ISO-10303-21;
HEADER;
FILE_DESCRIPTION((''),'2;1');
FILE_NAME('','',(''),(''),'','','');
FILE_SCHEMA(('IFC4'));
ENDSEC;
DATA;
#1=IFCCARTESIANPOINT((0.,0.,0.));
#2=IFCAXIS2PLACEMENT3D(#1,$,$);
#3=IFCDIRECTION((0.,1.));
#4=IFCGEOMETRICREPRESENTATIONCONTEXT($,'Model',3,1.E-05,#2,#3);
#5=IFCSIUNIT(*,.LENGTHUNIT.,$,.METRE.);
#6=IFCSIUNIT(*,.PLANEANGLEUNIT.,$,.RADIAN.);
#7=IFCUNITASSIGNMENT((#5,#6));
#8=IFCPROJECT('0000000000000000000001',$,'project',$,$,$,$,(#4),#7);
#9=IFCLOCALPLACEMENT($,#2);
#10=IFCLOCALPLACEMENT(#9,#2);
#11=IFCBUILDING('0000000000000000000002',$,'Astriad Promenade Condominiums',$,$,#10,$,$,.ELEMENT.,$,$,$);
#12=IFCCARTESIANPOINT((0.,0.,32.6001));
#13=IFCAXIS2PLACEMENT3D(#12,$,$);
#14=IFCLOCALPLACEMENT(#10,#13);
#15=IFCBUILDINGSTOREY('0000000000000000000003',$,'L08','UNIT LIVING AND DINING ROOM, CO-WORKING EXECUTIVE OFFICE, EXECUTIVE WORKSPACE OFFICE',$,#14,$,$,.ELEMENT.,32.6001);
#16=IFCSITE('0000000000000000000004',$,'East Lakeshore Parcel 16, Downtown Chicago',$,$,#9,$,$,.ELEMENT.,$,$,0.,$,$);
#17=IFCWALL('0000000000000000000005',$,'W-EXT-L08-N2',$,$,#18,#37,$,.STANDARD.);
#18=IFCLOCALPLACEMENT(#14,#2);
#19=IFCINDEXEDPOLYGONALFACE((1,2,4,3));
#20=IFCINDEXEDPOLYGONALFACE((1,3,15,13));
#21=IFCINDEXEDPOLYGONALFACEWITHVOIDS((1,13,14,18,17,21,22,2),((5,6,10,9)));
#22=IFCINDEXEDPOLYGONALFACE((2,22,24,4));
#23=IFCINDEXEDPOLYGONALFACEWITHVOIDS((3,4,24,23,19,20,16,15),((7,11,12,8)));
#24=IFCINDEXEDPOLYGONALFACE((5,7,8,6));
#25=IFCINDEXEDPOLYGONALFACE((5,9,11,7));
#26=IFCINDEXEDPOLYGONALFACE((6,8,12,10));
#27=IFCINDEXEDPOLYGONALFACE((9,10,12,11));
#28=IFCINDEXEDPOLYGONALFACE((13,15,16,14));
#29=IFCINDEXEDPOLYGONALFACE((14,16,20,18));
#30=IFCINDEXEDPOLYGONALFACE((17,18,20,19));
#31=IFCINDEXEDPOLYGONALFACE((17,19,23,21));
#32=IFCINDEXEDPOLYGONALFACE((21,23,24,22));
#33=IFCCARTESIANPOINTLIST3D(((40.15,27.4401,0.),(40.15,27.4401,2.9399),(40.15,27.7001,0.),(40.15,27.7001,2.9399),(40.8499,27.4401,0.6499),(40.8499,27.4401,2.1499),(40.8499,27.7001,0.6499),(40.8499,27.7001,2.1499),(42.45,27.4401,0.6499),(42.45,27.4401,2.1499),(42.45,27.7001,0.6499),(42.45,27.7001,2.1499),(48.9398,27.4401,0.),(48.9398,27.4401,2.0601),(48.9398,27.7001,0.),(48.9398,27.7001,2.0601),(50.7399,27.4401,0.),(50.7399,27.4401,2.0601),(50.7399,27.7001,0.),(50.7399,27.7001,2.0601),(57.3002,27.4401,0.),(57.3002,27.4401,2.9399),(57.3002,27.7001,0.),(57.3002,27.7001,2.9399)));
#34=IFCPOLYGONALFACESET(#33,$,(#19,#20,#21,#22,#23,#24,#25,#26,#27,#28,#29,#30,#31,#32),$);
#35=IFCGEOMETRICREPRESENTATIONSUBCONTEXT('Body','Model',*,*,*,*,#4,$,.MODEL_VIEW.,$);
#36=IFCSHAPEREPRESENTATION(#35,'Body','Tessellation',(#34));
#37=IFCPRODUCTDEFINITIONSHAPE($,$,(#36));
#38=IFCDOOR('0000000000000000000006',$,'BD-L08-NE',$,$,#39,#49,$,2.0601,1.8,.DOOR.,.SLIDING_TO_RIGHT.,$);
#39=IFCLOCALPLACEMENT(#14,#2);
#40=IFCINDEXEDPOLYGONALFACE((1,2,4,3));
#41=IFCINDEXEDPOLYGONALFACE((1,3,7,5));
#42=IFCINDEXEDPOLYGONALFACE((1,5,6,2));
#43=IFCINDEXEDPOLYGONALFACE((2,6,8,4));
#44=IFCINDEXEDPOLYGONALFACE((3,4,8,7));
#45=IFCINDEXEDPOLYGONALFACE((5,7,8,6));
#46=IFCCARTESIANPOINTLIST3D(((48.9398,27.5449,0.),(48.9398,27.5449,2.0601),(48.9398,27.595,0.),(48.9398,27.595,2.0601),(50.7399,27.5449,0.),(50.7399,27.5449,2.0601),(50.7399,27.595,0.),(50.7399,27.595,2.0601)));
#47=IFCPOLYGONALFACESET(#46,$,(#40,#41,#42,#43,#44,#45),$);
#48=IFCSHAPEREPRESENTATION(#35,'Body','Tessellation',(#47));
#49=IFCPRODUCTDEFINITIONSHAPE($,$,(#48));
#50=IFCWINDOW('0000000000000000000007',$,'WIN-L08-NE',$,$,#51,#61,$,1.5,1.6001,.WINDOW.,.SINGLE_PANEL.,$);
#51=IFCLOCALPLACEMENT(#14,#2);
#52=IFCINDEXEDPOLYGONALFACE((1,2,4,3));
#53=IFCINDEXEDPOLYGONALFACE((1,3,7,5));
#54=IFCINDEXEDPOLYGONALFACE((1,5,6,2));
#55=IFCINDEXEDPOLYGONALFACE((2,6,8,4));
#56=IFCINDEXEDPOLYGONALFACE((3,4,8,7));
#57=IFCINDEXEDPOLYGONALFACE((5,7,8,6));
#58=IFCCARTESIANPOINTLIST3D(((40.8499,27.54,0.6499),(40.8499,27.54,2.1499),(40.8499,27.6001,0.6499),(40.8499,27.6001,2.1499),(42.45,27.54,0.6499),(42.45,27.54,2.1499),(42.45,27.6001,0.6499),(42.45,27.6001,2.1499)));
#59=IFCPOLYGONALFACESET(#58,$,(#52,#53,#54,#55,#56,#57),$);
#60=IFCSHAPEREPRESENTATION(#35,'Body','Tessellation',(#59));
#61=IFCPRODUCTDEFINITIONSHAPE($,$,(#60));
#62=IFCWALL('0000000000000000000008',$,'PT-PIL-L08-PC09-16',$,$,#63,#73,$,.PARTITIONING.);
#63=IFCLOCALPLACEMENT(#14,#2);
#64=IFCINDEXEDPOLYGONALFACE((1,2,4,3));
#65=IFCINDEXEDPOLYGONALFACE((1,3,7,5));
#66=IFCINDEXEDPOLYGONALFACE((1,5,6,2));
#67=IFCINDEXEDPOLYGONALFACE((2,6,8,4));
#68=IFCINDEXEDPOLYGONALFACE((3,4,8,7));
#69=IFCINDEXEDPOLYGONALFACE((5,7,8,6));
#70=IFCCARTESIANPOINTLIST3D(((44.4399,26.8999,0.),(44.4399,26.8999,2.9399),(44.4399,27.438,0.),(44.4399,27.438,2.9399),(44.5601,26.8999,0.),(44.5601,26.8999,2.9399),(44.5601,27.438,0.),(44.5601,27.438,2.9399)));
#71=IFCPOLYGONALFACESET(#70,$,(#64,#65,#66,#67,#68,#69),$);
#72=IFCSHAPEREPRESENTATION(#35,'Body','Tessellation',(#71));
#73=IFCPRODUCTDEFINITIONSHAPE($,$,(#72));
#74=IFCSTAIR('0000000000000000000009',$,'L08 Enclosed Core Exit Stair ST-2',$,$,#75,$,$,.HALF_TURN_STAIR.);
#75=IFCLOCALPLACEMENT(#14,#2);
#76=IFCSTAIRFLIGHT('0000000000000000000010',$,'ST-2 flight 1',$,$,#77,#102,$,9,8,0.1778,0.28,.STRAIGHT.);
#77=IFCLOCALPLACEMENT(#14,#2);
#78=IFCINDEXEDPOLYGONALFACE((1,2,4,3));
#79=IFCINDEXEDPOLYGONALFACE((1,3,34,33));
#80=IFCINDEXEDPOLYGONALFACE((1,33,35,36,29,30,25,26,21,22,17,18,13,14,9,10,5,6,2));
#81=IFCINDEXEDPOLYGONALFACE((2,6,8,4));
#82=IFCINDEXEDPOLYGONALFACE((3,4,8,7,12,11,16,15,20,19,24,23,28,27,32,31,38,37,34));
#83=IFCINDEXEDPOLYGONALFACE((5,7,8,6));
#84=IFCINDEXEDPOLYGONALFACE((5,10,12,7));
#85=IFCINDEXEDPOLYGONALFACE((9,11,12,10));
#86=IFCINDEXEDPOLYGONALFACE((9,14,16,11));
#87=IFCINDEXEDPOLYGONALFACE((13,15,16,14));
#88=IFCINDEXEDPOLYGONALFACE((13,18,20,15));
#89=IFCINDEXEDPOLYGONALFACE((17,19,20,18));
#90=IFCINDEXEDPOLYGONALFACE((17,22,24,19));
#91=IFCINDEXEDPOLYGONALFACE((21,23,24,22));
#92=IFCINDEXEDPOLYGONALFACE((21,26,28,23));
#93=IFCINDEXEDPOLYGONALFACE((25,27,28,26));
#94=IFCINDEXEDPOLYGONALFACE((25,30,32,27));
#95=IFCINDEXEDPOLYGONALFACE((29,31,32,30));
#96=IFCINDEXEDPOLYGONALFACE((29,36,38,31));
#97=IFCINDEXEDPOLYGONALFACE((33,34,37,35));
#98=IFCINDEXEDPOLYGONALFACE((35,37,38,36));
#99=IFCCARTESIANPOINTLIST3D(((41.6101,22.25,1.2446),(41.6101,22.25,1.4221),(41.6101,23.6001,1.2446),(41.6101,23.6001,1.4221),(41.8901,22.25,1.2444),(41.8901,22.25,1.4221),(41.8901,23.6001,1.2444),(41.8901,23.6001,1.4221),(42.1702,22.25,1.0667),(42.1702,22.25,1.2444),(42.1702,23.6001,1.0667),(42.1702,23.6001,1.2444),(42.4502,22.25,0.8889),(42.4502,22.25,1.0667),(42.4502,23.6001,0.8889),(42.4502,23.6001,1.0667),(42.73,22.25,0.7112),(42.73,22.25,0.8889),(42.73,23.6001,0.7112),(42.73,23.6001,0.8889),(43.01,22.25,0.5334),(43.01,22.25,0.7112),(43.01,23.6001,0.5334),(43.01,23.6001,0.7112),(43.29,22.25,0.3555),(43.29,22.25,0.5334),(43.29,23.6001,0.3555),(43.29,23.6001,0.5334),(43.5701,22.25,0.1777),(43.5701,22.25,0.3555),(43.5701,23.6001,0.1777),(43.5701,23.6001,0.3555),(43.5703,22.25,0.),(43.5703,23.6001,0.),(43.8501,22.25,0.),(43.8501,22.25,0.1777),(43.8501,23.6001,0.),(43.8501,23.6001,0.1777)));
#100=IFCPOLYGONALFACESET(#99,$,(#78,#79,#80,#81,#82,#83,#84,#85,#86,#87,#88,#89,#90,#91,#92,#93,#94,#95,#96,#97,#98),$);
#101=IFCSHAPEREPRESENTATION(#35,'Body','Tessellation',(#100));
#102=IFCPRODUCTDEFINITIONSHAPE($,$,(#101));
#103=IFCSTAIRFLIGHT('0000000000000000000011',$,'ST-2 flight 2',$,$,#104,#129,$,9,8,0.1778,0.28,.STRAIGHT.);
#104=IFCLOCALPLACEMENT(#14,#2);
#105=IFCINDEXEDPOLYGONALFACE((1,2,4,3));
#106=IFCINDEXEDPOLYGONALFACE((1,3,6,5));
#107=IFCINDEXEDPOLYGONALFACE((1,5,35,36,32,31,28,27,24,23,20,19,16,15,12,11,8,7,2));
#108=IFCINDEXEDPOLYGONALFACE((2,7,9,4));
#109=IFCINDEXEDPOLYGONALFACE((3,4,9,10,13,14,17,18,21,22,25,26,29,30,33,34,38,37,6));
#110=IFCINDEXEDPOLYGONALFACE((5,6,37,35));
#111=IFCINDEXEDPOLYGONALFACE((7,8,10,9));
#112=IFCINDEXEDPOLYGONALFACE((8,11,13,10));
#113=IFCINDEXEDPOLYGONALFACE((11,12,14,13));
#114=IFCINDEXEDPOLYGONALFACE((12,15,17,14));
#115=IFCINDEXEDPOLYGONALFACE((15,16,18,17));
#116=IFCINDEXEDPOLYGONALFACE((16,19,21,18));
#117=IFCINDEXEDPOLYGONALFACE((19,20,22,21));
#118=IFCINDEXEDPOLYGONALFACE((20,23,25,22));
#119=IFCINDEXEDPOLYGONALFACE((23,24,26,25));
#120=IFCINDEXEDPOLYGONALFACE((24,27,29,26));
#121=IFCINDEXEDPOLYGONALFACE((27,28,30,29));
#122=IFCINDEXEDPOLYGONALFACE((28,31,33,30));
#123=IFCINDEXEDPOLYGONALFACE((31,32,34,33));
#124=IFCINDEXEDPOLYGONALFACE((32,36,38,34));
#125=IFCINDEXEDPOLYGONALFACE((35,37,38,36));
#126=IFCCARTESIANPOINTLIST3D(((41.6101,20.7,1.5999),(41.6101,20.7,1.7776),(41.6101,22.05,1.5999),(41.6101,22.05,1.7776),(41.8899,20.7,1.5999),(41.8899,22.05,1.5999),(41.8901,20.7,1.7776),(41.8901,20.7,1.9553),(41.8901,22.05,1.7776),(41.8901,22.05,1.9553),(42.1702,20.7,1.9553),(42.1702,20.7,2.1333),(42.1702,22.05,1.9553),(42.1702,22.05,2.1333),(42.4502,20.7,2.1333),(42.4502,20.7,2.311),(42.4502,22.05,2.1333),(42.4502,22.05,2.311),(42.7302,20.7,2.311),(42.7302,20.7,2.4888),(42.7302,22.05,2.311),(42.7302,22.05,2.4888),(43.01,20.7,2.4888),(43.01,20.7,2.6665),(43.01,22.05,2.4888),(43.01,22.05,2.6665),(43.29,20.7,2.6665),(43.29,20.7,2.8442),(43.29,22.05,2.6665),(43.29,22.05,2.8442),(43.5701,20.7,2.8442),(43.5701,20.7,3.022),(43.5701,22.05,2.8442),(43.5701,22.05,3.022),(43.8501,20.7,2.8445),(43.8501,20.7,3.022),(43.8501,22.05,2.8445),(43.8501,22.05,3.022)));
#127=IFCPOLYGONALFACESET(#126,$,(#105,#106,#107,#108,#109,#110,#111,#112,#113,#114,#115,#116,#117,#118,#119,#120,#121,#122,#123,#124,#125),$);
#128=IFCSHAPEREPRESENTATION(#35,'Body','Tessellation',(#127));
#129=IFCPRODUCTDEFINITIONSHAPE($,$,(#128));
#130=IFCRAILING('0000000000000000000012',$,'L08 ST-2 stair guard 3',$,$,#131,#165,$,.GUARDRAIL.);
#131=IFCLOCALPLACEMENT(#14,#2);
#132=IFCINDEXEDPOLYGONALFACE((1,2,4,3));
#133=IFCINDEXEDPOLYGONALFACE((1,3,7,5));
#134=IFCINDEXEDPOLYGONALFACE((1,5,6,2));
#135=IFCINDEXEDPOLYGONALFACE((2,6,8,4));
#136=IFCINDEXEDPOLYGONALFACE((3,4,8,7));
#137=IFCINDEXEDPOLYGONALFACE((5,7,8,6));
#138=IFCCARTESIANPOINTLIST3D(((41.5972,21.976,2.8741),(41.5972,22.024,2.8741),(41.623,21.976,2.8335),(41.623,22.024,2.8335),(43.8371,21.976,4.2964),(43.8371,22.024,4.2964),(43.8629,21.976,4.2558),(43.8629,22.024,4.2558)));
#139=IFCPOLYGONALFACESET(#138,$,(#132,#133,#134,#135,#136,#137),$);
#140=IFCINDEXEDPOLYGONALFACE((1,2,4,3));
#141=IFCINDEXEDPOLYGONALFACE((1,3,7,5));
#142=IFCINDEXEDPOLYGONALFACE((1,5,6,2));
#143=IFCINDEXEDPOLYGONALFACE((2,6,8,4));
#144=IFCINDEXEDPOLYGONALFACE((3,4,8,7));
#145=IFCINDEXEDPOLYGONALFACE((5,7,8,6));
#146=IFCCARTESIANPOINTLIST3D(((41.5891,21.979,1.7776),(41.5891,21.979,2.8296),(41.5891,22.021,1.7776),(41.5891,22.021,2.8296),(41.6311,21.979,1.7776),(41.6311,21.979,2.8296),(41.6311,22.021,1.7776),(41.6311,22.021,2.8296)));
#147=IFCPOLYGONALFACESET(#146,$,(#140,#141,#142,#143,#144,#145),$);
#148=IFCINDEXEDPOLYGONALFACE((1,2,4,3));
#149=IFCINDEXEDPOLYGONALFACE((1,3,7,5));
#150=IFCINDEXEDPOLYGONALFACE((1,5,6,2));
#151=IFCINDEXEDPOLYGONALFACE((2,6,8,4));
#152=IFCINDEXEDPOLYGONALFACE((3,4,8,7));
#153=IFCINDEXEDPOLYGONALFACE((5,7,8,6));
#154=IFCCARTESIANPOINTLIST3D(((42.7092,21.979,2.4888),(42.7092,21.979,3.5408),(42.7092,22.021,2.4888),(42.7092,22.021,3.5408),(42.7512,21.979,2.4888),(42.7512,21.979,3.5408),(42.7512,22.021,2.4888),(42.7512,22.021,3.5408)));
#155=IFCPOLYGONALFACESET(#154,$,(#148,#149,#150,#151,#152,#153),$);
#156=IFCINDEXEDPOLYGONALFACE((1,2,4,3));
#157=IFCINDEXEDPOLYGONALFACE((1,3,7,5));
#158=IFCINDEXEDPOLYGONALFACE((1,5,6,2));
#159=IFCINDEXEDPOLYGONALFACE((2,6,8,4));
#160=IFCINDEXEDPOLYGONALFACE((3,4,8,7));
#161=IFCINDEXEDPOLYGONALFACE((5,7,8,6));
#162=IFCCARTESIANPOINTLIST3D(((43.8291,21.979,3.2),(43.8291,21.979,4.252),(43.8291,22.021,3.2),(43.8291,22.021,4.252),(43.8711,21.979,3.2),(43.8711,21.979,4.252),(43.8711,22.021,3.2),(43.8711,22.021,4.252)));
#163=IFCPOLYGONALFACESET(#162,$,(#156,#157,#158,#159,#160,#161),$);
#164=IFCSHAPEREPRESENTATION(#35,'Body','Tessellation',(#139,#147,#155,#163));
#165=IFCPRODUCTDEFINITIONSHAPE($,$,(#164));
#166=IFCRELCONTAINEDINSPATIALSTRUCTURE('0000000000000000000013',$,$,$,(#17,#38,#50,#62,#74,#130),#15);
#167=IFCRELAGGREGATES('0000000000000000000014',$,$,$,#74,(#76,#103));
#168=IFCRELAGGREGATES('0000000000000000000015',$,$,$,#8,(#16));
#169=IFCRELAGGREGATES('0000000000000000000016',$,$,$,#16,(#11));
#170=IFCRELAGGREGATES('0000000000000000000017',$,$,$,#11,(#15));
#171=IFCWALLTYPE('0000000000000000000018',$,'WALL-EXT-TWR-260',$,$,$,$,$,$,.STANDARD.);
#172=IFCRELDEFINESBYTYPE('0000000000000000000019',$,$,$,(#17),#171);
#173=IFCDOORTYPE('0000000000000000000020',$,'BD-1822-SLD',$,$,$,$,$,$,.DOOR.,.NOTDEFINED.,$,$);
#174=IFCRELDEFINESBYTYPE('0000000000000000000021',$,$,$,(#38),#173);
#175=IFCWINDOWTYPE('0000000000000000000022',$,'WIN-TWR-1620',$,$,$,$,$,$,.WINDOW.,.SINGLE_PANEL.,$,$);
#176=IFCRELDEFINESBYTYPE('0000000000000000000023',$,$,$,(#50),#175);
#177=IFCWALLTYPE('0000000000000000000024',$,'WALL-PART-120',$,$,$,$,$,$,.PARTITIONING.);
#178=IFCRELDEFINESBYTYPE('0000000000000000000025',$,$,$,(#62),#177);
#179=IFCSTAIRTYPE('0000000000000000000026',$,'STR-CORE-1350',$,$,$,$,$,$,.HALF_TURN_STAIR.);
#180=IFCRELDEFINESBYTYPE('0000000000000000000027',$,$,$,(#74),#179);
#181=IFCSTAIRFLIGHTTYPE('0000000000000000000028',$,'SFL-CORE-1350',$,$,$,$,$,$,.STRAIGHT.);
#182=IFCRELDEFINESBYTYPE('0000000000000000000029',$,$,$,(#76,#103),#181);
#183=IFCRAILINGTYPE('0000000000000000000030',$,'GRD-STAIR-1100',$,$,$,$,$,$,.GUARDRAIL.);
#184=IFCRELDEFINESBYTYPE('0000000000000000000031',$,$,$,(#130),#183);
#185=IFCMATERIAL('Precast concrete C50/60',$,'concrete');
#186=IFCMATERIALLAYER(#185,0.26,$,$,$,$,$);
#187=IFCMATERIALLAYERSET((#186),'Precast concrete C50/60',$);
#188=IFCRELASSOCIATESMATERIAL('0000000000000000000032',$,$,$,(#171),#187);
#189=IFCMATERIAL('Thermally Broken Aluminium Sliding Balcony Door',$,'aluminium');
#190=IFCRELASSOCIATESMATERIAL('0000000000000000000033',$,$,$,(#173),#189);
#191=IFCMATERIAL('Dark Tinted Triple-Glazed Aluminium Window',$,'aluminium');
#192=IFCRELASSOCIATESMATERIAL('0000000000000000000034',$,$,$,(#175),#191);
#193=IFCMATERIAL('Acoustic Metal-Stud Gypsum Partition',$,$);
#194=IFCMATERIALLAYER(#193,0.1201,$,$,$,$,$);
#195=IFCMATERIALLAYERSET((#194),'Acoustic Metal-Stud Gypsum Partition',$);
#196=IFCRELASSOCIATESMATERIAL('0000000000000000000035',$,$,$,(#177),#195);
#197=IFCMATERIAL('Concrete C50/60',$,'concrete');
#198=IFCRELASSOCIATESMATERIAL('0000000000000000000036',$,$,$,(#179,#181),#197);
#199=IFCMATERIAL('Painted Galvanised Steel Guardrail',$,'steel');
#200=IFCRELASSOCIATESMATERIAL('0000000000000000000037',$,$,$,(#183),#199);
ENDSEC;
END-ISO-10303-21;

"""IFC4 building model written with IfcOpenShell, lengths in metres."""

from ifc_helpers import new_model, si_unit, direction, frame, frame_2d, origin, origin_2d, place, context, subcontext, project, spatial, polyline, rectangle, outline, extrude, source, transform, mapped, material, layer, layer_set, type_object, type_shapes, element, fill, aggregate, save


model = new_model("IFC4")

# Units and contexts
model_context = context("Model", 3, precision=1e-05, world=origin(), true_north=direction((0.0, 1.0)))
body_context = subcontext(model_context, "Body", "Model", "MODEL_VIEW")
ifc_project = project(units=[si_unit("LENGTHUNIT", "METRE"), si_unit("PLANEANGLEUNIT", "RADIAN")], contexts=[model_context])

# Site, building, storey
site_placement = place(None, origin())
site = spatial("IfcSite", under=ifc_project, at=site_placement, Name="East Lakeshore Parcel 16, Downtown Chicago", CompositionType="ELEMENT", RefElevation=0.0)
building_placement = place(site_placement, origin())
building = spatial("IfcBuilding", under=site, at=building_placement, Name="Astriad Promenade Condominiums", CompositionType="ELEMENT")
storey_placement = place(building_placement, frame((0.0, 0.0, 32.6001)))
storey = spatial("IfcBuildingStorey", under=building, at=storey_placement, Name="L08", Description="UNIT LIVING AND DINING ROOM, CO-WORKING EXECUTIVE OFFICE, EXECUTIVE WORKSPACE OFFICE", CompositionType="ELEMENT", Elevation=32.6001)

# Shared definitions
ifc_material_1 = material(Name="Concrete C50/60", Category="concrete")

# Wall, openings, door, window
ifc_material_2 = material(Name="Precast concrete C50/60", Category="concrete")
ifc_layer_1 = layer(ifc_material_2, 0.26)
ifc_layer_set_1 = layer_set([ifc_layer_1], Name="Precast concrete C50/60")
wall_type_1 = type_object("IfcWallType", Name="WALL-EXT-TWR-260", PredefinedType="STANDARD", material=ifc_layer_set_1)
wall_1_placement = place(storey_placement, frame((40.1499, 27.5701, 0.0), z_axis=(0.0, 0.0, 1.0), x_axis=(1.0, 0.0, 0.0)))
wall_1 = element("IfcWall", 1, at=wall_1_placement, inside=storey, type_object=wall_type_1, Name="W-EXT-L08-N2", PredefinedType="STANDARD", context=body_context, shape_type="SweptSolid", body=[
    extrude(rectangle(XDim=17.1501, YDim=0.26, at=frame_2d((8.5752, 0.0))), origin(), (0.0, 0.0, 1.0), 2.9399),
])
opening_1_placement = place(wall_1_placement, frame((8.79, 0.0, 0.0)))
opening_1 = element("IfcOpeningElement", 2, at=opening_1_placement, cuts=wall_1, PredefinedType="OPENING", context=body_context, shape_type="SweptSolid", body=[
    extrude(rectangle(XDim=1.8, YDim=2.0601, at=frame_2d((0.8999, 1.03))), frame((0.0, 0.1399, 0.0), z_axis=(0.0, -1.0, 0.0), x_axis=(1.0, 0.0, 0.0)), (0.0, 0.0, 1.0), 0.28),
])
opening_2_placement = place(wall_1_placement, frame((0.7, 0.0, 0.6499)))
opening_2 = element("IfcOpeningElement", 3, at=opening_2_placement, cuts=wall_1, PredefinedType="OPENING", context=body_context, shape_type="SweptSolid", body=[
    extrude(rectangle(XDim=1.6001, YDim=1.5, at=frame_2d((0.8, 0.75))), frame((0.0, 0.1399, 0.0), z_axis=(0.0, -1.0, 0.0), x_axis=(1.0, 0.0, 0.0)), (0.0, 0.0, 1.0), 0.28),
])
ifc_material_3 = material(Name="Thermally Broken Aluminium Sliding Balcony Door", Category="aluminium")
door_type_1 = type_object("IfcDoorType", Name="BD-1822-SLD", OperationType="NOTDEFINED", PredefinedType="DOOR", material=ifc_material_3)
shared_shape_1 = source(origin(), body_context, "Body", "SweptSolid", [
    extrude(rectangle(XDim=1.8, YDim=2.0601, at=frame_2d((0.8999, 1.03))), frame((0.0, 0.0249, 0.0), z_axis=(0.0, -1.0, 0.0), x_axis=(1.0, 0.0, 0.0)), (0.0, 0.0, 1.0), 0.05),
])
type_shapes(door_type_1, [shared_shape_1])
door_1_placement = place(opening_1_placement, origin())
door_1 = element("IfcDoor", 4, at=door_1_placement, inside=storey, type_object=door_type_1, Name="BD-L08-NE", OperationType="SLIDING_TO_RIGHT", OverallHeight=2.0601, OverallWidth=1.8, PredefinedType="DOOR", context=body_context, shape_type="MappedRepresentation", body=[
    mapped(shared_shape_1, transform((0.0, 0.0, 0.0), scale=1.0)),
])
fill(opening_1, door_1)
ifc_material_4 = material(Name="Dark Tinted Triple-Glazed Aluminium Window", Category="aluminium")
window_type = type_object("IfcWindowType", Name="WIN-TWR-1620", PartitioningType="SINGLE_PANEL", PredefinedType="WINDOW", material=ifc_material_4)
shared_shape_2 = source(origin(), body_context, "Body", "SweptSolid", [
    extrude(rectangle(XDim=1.6001, YDim=1.5, at=frame_2d((0.8, 0.75))), frame((0.0, 0.03, 0.0), z_axis=(0.0, -1.0, 0.0), x_axis=(1.0, 0.0, 0.0)), (0.0, 0.0, 1.0), 0.0601),
])
type_shapes(window_type, [shared_shape_2])
window_placement = place(opening_2_placement, origin())
window = element("IfcWindow", 5, at=window_placement, inside=storey, type_object=window_type, Name="WIN-L08-NE", OverallHeight=1.5, OverallWidth=1.6001, PartitioningType="SINGLE_PANEL", PredefinedType="WINDOW", context=body_context, shape_type="MappedRepresentation", body=[
    mapped(shared_shape_2, transform((0.0, 0.0, 0.0), scale=1.0)),
])
fill(opening_2, window)

# Wall
ifc_material_5 = material(Name="Acoustic Metal-Stud Gypsum Partition")
ifc_layer_2 = layer(ifc_material_5, 0.1201)
ifc_layer_set_2 = layer_set([ifc_layer_2], Name="Acoustic Metal-Stud Gypsum Partition")
wall_type_2 = type_object("IfcWallType", Name="WALL-PART-120", PredefinedType="PARTITIONING", material=ifc_layer_set_2)
wall_2_placement = place(storey_placement, frame((44.5, 26.8999, 0.0), z_axis=(0.0, 0.0, 1.0), x_axis=(0.0, 1.0, 0.0)))
element("IfcWall", 6, at=wall_2_placement, inside=storey, type_object=wall_type_2, Name="PT-PIL-L08-PC09-16", PredefinedType="PARTITIONING", context=body_context, shape_type="SweptSolid", body=[
    extrude(rectangle(XDim=0.5381, YDim=0.1201, at=frame_2d((0.269, 0.0))), origin(), (0.0, 0.0, 1.0), 2.9399),
])

# Stair, stair flights
stair_type = type_object("IfcStairType", Name="STR-CORE-1350", PredefinedType="HALF_TURN_STAIR", material=ifc_material_1)
stair_placement = place(storey_placement, origin())
stair = element("IfcStair", 7, at=stair_placement, inside=storey, type_object=stair_type, Name="L08 Enclosed Core Exit Stair ST-2", PredefinedType="HALF_TURN_STAIR")
stair_flight_type = type_object("IfcStairFlightType", Name="SFL-CORE-1350", PredefinedType="STRAIGHT", material=ifc_material_1)
shared_shape_3 = source(origin(), body_context, "Body", "SweptSolid", [
    extrude(outline(polyline([(0.0, 0.0), (0.0, 0.1777), (0.28, 0.1777), (0.28, 0.3555), (0.5601, 0.3555), (0.5601, 0.5334), (0.8401, 0.5334), (0.8401, 0.7112), (1.1201, 0.7112), (1.1201, 0.8889), (1.3999, 0.8889), (1.3999, 1.0667), (1.6799, 1.0667), (1.6799, 1.2444), (1.96, 1.2444), (1.96, 1.4221), (2.24, 1.4221), (2.24, 1.6001), (2.24, 1.2446), (0.2798, 0.0), (0.0, 0.0)])), frame((0.0, 0.675, 0.0), z_axis=(0.0, -1.0, 0.0), x_axis=(1.0, 0.0, 0.0)), (0.0, 0.0, 1.0), 1.3501),
])
type_shapes(stair_flight_type, [shared_shape_3])
stair_flight_1_placement = place(storey_placement, frame((43.8501, 22.925, 0.0), z_axis=(0.0, 0.0, 1.0), x_axis=(-1.0, 0.0, 0.0)))
stair_flight_1 = element("IfcStairFlight", 8, at=stair_flight_1_placement, type_object=stair_flight_type, Name="ST-2 flight 1", NumberOfRisers=9, NumberOfTreads=8, PredefinedType="STRAIGHT", RiserHeight=0.1778, TreadLength=0.28, context=body_context, shape_type="MappedRepresentation", body=[
    mapped(shared_shape_3, transform((0.0, 0.0, 0.0), scale=1.0)),
])
stair_flight_2_placement = place(storey_placement, frame((41.6101, 21.375, 1.5999), z_axis=(0.0, 0.0, 1.0), x_axis=(1.0, 0.0, 0.0)))
stair_flight_2 = element("IfcStairFlight", 9, at=stair_flight_2_placement, type_object=stair_flight_type, Name="ST-2 flight 2", NumberOfRisers=9, NumberOfTreads=8, PredefinedType="STRAIGHT", RiserHeight=0.1778, TreadLength=0.28, context=body_context, shape_type="MappedRepresentation", body=[
    mapped(shared_shape_3, transform((0.0, 0.0, 0.0), scale=1.0)),
])
aggregate(stair, [stair_flight_1, stair_flight_2])

# Railing
ifc_material_6 = material(Name="Painted Galvanised Steel Guardrail", Category="steel")
railing_type_1 = type_object("IfcRailingType", Name="GRD-STAIR-1100", PredefinedType="GUARDRAIL", material=ifc_material_6)
shared_shape_4 = source(origin(), body_context, "Body", "SweptSolid", [
    extrude(rectangle(XDim=0.0481, YDim=0.0481, at=origin_2d()), frame((0.0, 0.0, 1.0762), z_axis=(0.844188, 0.0, 0.536048), x_axis=(0.0, 1.0, 0.0)), (0.0, 0.0, 1.0), 2.6533),
    extrude(rectangle(XDim=0.042, YDim=0.042, at=origin_2d()), origin(), (0.0, 0.0, 1.0), 1.052),
    extrude(rectangle(XDim=0.042, YDim=0.042, at=origin_2d()), frame((1.1201, 0.0, 0.7112)), (0.0, 0.0, 1.0), 1.052),
    extrude(rectangle(XDim=0.042, YDim=0.042, at=origin_2d()), frame((2.24, 0.0, 1.4224)), (0.0, 0.0, 1.0), 1.052),
])
railing_1_placement = place(storey_placement, frame((41.6101, 22.0, 1.7776)))
element("IfcRailing", 10, at=railing_1_placement, inside=storey, type_object=railing_type_1, Name="L08 ST-2 stair guard 3", PredefinedType="GUARDRAIL", context=body_context, shape_type="MappedRepresentation", body=[
    mapped(shared_shape_4, transform((0.0, 0.0, 0.0), scale=1.0)),
])

save(model, "model.ifc")
